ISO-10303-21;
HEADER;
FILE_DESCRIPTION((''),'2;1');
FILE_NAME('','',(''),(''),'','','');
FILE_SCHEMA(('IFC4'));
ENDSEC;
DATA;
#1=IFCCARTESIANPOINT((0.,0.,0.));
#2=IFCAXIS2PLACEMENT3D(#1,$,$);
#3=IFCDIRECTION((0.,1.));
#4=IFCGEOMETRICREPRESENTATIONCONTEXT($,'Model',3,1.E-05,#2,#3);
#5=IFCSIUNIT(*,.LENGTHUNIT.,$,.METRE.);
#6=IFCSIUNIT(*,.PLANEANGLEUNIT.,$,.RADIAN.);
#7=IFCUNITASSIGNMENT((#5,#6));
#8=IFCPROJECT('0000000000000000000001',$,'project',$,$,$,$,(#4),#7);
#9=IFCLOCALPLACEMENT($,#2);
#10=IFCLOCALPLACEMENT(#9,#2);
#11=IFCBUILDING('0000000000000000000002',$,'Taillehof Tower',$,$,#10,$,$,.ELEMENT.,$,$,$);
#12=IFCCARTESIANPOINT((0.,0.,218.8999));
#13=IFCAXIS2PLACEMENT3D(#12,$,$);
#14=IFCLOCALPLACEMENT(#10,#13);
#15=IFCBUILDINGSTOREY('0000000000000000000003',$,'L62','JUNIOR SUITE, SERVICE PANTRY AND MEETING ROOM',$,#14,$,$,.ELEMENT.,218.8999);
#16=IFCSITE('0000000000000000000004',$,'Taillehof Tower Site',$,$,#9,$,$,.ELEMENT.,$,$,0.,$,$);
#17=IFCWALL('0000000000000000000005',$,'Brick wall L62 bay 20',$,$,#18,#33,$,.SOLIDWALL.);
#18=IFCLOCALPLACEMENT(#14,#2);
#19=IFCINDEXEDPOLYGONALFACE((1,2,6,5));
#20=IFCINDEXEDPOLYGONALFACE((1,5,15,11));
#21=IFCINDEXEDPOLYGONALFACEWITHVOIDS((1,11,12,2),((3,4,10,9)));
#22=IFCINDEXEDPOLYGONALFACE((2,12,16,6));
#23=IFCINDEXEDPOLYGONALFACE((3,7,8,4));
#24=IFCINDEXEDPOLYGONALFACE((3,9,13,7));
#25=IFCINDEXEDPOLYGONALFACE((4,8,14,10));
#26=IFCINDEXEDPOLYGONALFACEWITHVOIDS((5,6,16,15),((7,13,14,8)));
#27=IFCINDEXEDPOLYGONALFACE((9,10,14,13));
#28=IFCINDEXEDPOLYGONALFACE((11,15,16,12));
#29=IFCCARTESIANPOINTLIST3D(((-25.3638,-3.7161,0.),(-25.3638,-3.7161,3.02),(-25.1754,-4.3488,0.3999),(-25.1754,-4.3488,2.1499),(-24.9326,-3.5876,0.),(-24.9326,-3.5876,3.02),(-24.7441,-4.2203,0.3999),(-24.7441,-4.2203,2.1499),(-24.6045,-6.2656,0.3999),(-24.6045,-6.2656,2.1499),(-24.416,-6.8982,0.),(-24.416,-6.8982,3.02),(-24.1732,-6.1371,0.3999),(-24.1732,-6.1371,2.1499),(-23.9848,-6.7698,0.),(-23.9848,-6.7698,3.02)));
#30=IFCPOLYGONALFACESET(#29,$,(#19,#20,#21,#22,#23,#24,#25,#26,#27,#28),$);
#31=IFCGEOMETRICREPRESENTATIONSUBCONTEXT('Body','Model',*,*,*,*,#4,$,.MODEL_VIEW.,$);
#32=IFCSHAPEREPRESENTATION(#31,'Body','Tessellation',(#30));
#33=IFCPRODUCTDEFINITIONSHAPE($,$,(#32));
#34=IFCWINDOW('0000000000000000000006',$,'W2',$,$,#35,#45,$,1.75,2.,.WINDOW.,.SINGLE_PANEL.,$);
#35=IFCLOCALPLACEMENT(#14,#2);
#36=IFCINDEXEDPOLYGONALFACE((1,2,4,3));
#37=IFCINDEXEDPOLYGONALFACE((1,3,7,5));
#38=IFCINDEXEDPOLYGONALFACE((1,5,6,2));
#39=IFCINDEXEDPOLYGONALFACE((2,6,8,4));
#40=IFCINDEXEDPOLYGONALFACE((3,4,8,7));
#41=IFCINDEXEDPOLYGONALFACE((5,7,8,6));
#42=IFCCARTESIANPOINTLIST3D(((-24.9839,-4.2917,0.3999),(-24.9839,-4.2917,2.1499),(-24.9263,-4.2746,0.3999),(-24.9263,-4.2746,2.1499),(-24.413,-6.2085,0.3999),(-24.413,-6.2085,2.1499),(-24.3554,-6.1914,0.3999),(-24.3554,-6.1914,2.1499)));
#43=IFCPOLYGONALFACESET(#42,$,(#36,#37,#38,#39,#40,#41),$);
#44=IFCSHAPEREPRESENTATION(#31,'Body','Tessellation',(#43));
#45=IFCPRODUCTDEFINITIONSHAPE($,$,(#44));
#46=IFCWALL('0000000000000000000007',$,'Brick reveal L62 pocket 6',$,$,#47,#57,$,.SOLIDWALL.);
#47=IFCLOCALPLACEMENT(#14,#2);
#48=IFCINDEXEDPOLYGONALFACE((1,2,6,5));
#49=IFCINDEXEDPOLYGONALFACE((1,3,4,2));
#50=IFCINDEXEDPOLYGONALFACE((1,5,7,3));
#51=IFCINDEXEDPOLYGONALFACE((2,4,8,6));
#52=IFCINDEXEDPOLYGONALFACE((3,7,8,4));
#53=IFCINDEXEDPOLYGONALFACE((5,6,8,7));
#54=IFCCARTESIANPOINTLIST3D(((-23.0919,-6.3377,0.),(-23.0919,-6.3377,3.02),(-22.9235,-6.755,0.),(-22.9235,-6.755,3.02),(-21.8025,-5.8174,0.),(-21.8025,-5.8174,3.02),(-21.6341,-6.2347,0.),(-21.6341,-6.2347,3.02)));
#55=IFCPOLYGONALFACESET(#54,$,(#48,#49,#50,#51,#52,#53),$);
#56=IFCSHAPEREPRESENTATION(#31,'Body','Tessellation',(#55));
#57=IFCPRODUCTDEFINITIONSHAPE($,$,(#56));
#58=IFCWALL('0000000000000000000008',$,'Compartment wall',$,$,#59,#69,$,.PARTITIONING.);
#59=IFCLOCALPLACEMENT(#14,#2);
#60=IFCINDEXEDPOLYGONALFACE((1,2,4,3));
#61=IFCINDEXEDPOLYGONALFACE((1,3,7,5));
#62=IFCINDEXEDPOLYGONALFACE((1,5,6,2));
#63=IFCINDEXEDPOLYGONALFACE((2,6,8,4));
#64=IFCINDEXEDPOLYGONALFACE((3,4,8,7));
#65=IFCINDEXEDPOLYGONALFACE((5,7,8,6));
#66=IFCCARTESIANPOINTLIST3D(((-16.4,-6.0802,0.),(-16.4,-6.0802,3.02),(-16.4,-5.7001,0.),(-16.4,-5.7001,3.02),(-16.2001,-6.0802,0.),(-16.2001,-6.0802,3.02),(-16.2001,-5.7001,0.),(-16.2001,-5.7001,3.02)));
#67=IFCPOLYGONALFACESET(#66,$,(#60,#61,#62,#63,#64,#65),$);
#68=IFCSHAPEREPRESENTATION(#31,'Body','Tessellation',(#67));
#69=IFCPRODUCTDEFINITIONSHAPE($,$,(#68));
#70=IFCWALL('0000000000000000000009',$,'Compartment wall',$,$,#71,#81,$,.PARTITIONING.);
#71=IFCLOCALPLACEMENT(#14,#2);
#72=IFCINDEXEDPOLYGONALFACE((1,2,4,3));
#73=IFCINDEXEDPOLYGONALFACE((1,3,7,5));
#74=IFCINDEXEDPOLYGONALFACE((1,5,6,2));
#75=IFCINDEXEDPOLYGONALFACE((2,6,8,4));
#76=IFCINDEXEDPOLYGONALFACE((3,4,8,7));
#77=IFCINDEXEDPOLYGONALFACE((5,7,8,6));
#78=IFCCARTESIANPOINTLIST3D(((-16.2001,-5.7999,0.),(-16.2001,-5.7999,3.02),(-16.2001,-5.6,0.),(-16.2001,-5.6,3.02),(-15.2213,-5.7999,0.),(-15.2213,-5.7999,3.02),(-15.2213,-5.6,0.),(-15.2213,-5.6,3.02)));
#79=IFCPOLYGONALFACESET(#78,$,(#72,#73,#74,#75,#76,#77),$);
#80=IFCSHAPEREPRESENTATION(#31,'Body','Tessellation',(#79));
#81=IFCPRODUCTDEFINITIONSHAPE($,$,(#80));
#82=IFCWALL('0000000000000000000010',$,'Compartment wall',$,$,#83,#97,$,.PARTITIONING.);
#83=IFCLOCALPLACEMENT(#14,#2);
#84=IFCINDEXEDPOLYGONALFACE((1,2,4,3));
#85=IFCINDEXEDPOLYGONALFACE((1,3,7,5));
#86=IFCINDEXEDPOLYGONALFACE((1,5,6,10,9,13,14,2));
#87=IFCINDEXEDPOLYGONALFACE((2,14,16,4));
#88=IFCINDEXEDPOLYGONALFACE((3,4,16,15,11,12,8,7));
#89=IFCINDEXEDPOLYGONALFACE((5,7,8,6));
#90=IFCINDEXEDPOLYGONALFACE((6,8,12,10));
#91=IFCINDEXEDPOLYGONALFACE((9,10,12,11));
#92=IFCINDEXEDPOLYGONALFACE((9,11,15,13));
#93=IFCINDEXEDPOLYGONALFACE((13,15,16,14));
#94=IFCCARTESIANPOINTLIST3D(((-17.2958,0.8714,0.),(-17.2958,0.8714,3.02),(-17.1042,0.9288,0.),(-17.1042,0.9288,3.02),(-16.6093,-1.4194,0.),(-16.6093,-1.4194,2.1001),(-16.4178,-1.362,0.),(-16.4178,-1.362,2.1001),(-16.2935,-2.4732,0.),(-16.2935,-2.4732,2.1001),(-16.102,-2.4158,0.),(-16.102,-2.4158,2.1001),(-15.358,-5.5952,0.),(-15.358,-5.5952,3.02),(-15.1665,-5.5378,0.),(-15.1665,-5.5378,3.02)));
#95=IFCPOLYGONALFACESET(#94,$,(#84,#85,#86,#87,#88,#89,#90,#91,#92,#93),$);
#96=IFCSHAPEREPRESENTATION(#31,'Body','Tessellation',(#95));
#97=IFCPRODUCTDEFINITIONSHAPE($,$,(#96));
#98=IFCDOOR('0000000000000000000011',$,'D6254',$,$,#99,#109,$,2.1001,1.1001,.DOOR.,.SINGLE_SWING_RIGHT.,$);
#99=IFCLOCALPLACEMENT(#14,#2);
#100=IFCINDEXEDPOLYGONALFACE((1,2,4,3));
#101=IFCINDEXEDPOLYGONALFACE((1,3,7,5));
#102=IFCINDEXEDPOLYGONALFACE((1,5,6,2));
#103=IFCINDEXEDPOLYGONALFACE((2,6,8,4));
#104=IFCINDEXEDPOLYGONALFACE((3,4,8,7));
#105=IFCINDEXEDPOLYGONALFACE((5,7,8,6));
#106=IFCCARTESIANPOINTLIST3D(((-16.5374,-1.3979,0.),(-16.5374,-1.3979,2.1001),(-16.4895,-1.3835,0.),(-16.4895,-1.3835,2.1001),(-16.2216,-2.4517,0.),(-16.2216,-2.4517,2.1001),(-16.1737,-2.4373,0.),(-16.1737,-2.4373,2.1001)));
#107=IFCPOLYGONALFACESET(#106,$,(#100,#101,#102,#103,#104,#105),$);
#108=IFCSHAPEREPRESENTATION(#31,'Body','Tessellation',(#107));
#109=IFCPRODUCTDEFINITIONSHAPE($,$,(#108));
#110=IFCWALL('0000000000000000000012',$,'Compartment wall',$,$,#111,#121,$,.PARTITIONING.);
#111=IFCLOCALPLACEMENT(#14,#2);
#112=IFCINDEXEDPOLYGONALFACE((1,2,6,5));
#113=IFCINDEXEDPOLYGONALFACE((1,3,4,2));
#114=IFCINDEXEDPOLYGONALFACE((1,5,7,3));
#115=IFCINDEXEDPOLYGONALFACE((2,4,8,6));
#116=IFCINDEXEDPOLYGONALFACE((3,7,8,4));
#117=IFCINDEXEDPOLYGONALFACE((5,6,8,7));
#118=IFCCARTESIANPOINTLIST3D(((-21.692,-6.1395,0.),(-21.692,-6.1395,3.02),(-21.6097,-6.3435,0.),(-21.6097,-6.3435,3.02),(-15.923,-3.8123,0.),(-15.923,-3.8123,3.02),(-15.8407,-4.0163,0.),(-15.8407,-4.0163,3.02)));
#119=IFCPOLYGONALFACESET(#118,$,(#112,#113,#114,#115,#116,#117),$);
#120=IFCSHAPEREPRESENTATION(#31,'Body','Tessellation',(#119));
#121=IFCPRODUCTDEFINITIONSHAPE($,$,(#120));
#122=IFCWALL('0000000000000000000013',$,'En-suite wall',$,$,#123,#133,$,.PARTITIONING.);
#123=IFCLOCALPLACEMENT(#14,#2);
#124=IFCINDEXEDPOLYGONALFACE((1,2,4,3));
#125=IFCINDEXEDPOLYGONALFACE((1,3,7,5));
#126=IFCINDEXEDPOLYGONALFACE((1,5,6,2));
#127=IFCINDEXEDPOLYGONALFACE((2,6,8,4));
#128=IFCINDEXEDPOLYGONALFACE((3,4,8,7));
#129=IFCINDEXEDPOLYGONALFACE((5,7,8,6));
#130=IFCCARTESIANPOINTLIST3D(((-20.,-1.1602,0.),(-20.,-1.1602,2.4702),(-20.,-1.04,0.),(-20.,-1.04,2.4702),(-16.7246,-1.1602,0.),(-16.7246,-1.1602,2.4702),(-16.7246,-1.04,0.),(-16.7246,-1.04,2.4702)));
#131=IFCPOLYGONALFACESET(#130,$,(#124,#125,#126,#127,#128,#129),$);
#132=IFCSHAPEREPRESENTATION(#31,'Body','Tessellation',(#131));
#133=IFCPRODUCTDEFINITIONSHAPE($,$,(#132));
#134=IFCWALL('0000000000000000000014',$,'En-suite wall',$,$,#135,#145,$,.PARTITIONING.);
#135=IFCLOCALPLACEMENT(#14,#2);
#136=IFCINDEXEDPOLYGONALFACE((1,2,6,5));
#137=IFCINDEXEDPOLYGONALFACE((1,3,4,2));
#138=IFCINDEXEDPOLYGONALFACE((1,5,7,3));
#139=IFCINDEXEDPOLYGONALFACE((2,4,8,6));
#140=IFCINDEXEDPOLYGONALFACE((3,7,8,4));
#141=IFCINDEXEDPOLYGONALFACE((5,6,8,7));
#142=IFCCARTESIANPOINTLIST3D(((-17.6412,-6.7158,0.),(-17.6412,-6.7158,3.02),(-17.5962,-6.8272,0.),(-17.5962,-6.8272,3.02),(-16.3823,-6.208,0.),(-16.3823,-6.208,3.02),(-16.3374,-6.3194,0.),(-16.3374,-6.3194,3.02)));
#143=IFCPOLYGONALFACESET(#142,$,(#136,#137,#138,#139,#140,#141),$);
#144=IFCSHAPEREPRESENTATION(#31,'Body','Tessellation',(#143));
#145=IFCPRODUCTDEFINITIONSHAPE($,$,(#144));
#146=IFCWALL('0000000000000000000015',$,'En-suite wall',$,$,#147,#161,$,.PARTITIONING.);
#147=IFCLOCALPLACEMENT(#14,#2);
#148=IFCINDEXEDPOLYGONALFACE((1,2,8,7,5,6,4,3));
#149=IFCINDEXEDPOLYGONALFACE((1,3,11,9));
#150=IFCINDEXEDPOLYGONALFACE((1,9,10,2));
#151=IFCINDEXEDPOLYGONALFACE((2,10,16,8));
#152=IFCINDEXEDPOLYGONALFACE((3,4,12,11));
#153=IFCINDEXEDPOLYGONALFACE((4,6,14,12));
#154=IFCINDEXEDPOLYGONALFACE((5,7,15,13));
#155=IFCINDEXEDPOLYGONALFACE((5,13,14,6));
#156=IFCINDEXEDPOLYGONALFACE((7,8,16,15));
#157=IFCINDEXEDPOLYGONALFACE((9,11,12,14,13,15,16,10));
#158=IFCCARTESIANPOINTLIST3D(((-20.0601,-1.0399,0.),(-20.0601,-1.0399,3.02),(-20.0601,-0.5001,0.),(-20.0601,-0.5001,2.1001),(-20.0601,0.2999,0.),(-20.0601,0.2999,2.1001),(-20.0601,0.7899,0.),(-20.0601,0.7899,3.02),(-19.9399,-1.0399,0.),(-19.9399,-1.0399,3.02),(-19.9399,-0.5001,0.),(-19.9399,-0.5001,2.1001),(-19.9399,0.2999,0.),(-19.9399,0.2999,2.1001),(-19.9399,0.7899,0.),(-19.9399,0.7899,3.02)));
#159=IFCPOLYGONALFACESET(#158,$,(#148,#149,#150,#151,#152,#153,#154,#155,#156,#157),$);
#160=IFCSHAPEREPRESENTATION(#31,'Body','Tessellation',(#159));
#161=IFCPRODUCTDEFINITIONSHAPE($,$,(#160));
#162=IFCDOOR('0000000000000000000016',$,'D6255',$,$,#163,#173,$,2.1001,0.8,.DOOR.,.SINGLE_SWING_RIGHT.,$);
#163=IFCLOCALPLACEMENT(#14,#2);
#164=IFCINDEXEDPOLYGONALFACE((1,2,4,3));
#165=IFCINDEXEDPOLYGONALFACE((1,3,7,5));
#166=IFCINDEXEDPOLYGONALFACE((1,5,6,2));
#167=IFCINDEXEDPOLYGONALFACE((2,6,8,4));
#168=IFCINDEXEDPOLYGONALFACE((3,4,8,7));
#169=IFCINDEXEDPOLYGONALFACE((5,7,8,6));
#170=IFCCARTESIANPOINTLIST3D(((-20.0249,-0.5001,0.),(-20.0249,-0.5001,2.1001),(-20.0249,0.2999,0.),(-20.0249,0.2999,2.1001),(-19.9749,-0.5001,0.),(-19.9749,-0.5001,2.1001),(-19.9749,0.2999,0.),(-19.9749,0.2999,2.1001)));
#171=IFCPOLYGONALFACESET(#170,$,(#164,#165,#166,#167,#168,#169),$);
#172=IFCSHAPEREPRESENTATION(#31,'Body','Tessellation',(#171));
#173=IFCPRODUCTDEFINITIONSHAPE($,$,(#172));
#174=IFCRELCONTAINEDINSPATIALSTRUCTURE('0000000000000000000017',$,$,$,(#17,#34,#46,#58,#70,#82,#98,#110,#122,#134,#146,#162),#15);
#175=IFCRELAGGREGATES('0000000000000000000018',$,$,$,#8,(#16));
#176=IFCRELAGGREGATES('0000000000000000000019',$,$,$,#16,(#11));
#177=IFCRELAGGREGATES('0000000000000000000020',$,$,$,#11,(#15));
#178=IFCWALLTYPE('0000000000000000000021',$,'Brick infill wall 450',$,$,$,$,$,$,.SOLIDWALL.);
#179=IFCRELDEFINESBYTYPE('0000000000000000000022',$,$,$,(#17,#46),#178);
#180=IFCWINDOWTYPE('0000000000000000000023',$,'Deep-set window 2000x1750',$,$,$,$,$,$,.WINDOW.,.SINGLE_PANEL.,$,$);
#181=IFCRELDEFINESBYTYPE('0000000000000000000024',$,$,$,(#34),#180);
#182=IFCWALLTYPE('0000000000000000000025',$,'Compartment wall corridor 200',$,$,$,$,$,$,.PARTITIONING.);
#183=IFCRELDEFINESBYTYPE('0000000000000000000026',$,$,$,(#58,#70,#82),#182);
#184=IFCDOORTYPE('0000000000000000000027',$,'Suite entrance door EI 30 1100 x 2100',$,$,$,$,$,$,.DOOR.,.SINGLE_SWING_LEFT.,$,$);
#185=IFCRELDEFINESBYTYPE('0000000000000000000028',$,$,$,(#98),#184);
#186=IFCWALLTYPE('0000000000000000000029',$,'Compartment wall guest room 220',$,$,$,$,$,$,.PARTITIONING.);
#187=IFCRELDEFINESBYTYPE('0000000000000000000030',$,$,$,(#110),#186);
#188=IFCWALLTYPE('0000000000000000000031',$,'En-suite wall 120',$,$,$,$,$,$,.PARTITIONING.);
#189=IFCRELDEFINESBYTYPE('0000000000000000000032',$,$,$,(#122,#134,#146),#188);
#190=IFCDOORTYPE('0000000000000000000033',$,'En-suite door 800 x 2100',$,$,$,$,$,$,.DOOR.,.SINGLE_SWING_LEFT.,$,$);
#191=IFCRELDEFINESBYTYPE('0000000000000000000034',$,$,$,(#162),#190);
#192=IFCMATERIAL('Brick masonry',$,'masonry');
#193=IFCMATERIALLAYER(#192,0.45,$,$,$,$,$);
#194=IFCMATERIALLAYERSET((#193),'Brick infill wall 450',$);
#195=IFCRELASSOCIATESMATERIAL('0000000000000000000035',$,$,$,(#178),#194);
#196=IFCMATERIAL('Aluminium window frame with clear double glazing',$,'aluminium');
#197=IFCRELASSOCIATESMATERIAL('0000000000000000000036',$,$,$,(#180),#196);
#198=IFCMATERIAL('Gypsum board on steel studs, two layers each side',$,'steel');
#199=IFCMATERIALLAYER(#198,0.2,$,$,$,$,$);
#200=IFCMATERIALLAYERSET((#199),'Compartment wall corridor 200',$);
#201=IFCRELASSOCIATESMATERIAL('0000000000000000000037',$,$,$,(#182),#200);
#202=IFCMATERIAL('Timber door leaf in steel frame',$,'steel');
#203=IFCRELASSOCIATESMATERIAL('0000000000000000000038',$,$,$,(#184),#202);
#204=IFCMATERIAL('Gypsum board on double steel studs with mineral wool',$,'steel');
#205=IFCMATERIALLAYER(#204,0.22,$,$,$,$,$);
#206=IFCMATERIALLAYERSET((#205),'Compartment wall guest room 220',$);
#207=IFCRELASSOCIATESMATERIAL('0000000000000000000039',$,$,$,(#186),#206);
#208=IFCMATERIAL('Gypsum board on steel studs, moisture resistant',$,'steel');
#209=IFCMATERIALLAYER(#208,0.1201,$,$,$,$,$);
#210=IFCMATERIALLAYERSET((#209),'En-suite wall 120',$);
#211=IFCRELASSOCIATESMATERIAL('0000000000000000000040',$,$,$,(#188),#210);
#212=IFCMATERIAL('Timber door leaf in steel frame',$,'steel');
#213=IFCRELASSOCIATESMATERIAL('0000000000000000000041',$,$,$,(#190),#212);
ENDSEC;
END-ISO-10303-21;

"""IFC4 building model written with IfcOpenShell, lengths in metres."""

from ifc_helpers import new_model, si_unit, direction, frame, frame_2d, origin, place, context, subcontext, project, spatial, rectangle, extrude, material, layer, layer_set, type_object, element, fill, save


model = new_model("IFC4")

# Units and contexts
model_context = context("Model", 3, precision=1e-05, world=origin(), true_north=direction((0.0, 1.0)))
body_context = subcontext(model_context, "Body", "Model", "MODEL_VIEW")
ifc_project = project(units=[si_unit("LENGTHUNIT", "METRE"), si_unit("PLANEANGLEUNIT", "RADIAN")], contexts=[model_context])

# Site, building, storey
site_placement = place(None, origin())
site = spatial("IfcSite", under=ifc_project, at=site_placement, Name="Taillehof Tower Site", CompositionType="ELEMENT", RefElevation=0.0)
building_placement = place(site_placement, origin())
building = spatial("IfcBuilding", under=site, at=building_placement, Name="Taillehof Tower", CompositionType="ELEMENT")
storey_placement = place(building_placement, frame((0.0, 0.0, 218.8999)))
storey = spatial("IfcBuildingStorey", under=building, at=storey_placement, Name="L62", Description="JUNIOR SUITE, SERVICE PANTRY AND MEETING ROOM", CompositionType="ELEMENT", Elevation=218.8999)

# Wall, opening, window
ifc_material_1 = material(Name="Brick masonry", Category="masonry")
ifc_layer_1 = layer(ifc_material_1, 0.45)
ifc_layer_set_1 = layer_set([ifc_layer_1], Name="Brick infill wall 450")
wall_type_1 = type_object("IfcWallType", Name="Brick infill wall 450", PredefinedType="SOLIDWALL", material=ifc_layer_set_1)
ifc_material_2 = material(Name="Aluminium window frame with clear double glazing", Category="aluminium")
window_type_1 = type_object("IfcWindowType", Name="Deep-set window 2000x1750", PartitioningType="SINGLE_PANEL", PredefinedType="WINDOW", material=ifc_material_2)
wall_1_placement = place(storey_placement, frame((-25.1482, -3.6519, 0.0), z_axis=(0.0, 0.0, 1.0), x_axis=(0.285445, -0.958395, 0.0)))
wall_1 = element("IfcWall", 1, at=wall_1_placement, inside=storey, type_object=wall_type_1, Name="Brick wall L62 bay 20", PredefinedType="SOLIDWALL", context=body_context, shape_type="SweptSolid", body=[
    extrude(rectangle(XDim=3.3203, YDim=0.45, at=frame_2d((1.6602, 0.0))), origin(), (0.0, 0.0, 1.0), 3.02),
])
opening_1_placement = place(wall_1_placement, frame((0.6602, 0.0, 0.3999)))
opening_1 = element("IfcOpeningElement", 2, at=opening_1_placement, cuts=wall_1, PredefinedType="OPENING", context=body_context, shape_type="SweptSolid", body=[
    extrude(rectangle(XDim=2.0, YDim=1.75, at=frame_2d((1.0, 0.875))), frame((0.0, 0.2349, 0.0), z_axis=(0.0, -1.0, 0.0), x_axis=(1.0, 0.0, 0.0)), (0.0, 0.0, 1.0), 0.47),
])
window_1_placement = place(opening_1_placement, origin())
window_1 = element("IfcWindow", 3, at=window_1_placement, inside=storey, type_object=window_type_1, Name="W2", OverallHeight=1.75, OverallWidth=2.0, PartitioningType="SINGLE_PANEL", PredefinedType="WINDOW", context=body_context, shape_type="SweptSolid", body=[
    extrude(rectangle(XDim=2.0, YDim=1.75, at=frame_2d((1.0, 0.875))), frame((0.0, 0.0349, 0.0), z_axis=(0.0, -1.0, 0.0), x_axis=(1.0, 0.0, 0.0)), (0.0, 0.0, 1.0), 0.0601),
])
fill(opening_1, window_1)

# Wall
wall_2_placement = place(storey_placement, frame((-23.0078, -6.5464, 0.0), z_axis=(0.0, 0.0, 1.0), x_axis=(0.927346, 0.374205, 0.0)))
element("IfcWall", 4, at=wall_2_placement, inside=storey, type_object=wall_type_1, Name="Brick reveal L62 pocket 6", PredefinedType="SOLIDWALL", context=body_context, shape_type="SweptSolid", body=[
    extrude(rectangle(XDim=1.3904, YDim=0.45, at=frame_2d((0.6953, 0.0))), origin(), (0.0, 0.0, 1.0), 3.02),
])

# Walls
ifc_material_3 = material(Name="Gypsum board on steel studs, two layers each side", Category="steel")
ifc_layer_2 = layer(ifc_material_3, 0.2)
ifc_layer_set_2 = layer_set([ifc_layer_2], Name="Compartment wall corridor 200")
wall_type_2 = type_object("IfcWallType", Name="Compartment wall corridor 200", PredefinedType="PARTITIONING", material=ifc_layer_set_2)
wall_3_placement = place(storey_placement, frame((-16.3, -6.0801, 0.0), z_axis=(0.0, 0.0, 1.0), x_axis=(0.0, 1.0, 0.0)))
element("IfcWall", 5, at=wall_3_placement, inside=storey, type_object=wall_type_2, Name="Compartment wall", PredefinedType="PARTITIONING", context=body_context, shape_type="SweptSolid", body=[
    extrude(rectangle(XDim=0.3801, YDim=0.2, at=frame_2d((0.1899, 0.0))), origin(), (0.0, 0.0, 1.0), 3.02),
])
wall_4_placement = place(storey_placement, frame((-16.2, -5.7, 0.0), z_axis=(0.0, 0.0, 1.0), x_axis=(1.0, 0.0, 0.0)))
element("IfcWall", 6, at=wall_4_placement, inside=storey, type_object=wall_type_2, Name="Compartment wall", PredefinedType="PARTITIONING", context=body_context, shape_type="SweptSolid", body=[
    extrude(rectangle(XDim=0.9788, YDim=0.2, at=frame_2d((0.4893, 0.0))), origin(), (0.0, 0.0, 1.0), 3.02),
])

# Wall, opening, door
wall_5_placement = place(storey_placement, frame((-15.2622, -5.5667, 0.0), z_axis=(0.0, 0.0, 1.0), x_axis=(-0.287046, 0.957917, 0.0)))
wall_5 = element("IfcWall", 7, at=wall_5_placement, inside=storey, type_object=wall_type_2, Name="Compartment wall", PredefinedType="PARTITIONING", context=body_context, shape_type="SweptSolid", body=[
    extrude(rectangle(XDim=6.7507, YDim=0.2, at=frame_2d((3.3755, 0.0))), origin(), (0.0, 0.0, 1.0), 3.02),
])
opening_2_placement = place(wall_5_placement, frame((3.2593, 0.0, 0.0)))
opening_2 = element("IfcOpeningElement", 8, at=opening_2_placement, cuts=wall_5, PredefinedType="OPENING", context=body_context, shape_type="SweptSolid", body=[
    extrude(rectangle(XDim=1.1001, YDim=2.1001, at=frame_2d((0.55, 1.05))), frame((0.0, 0.1099, 0.0), z_axis=(0.0, -1.0, 0.0), x_axis=(1.0, 0.0, 0.0)), (0.0, 0.0, 1.0), 0.22),
])
ifc_material_4 = material(Name="Timber door leaf in steel frame", Category="steel")
door_type_1 = type_object("IfcDoorType", Name="Suite entrance door EI 30 1100 x 2100", OperationType="SINGLE_SWING_LEFT", PredefinedType="DOOR", material=ifc_material_4)
door_1_placement = place(opening_2_placement, origin())
door_1 = element("IfcDoor", 9, at=door_1_placement, inside=storey, type_object=door_type_1, Name="D6254", OperationType="SINGLE_SWING_RIGHT", OverallHeight=2.1001, OverallWidth=1.1001, PredefinedType="DOOR", context=body_context, shape_type="SweptSolid", body=[
    extrude(rectangle(XDim=1.1001, YDim=2.1001, at=frame_2d((0.55, 1.05))), frame((0.0, 0.0249, 0.0), z_axis=(0.0, -1.0, 0.0), x_axis=(1.0, 0.0, 0.0)), (0.0, 0.0, 1.0), 0.05),
])
fill(opening_2, door_1)

# Walls
ifc_material_5 = material(Name="Gypsum board on double steel studs with mineral wool", Category="steel")
ifc_layer_3 = layer(ifc_material_5, 0.22)
ifc_layer_set_3 = layer_set([ifc_layer_3], Name="Compartment wall guest room 220")
wall_type_3 = type_object("IfcWallType", Name="Compartment wall guest room 220", PredefinedType="PARTITIONING", material=ifc_layer_set_3)
wall_6_placement = place(storey_placement, frame((-21.6509, -6.2415, 0.0), z_axis=(0.0, 0.0, 1.0), x_axis=(0.92739, 0.374096, 0.0)))
element("IfcWall", 10, at=wall_6_placement, inside=storey, type_object=wall_type_3, Name="Compartment wall", PredefinedType="PARTITIONING", context=body_context, shape_type="SweptSolid", body=[
    extrude(rectangle(XDim=6.2207, YDim=0.22, at=frame_2d((3.1104, 0.0))), origin(), (0.0, 0.0, 1.0), 3.02),
])
ifc_material_6 = material(Name="Gypsum board on steel studs, moisture resistant", Category="steel")
ifc_layer_4 = layer(ifc_material_6, 0.1201)
ifc_layer_set_4 = layer_set([ifc_layer_4], Name="En-suite wall 120")
wall_type_4 = type_object("IfcWallType", Name="En-suite wall 120", PredefinedType="PARTITIONING", material=ifc_layer_set_4)
wall_7_placement = place(storey_placement, frame((-16.7246, -1.1001, 0.0), z_axis=(0.0, 0.0, 1.0), x_axis=(-1.0, 0.0, 0.0)))
element("IfcWall", 11, at=wall_7_placement, inside=storey, type_object=wall_type_4, Name="En-suite wall", PredefinedType="PARTITIONING", context=body_context, shape_type="SweptSolid", body=[
    extrude(rectangle(XDim=3.2754, YDim=0.1201, at=frame_2d((1.6377, 0.0))), origin(), (0.0, 0.0, 1.0), 2.4702),
])
wall_8_placement = place(storey_placement, frame((-16.3599, -6.2637, 0.0), z_axis=(0.0, 0.0, 1.0), x_axis=(-0.927381, -0.374118, 0.0)))
element("IfcWall", 12, at=wall_8_placement, inside=storey, type_object=wall_type_4, Name="En-suite wall", PredefinedType="PARTITIONING", context=body_context, shape_type="SweptSolid", body=[
    extrude(rectangle(XDim=1.3574, YDim=0.1201, at=frame_2d((0.6787, 0.0))), origin(), (0.0, 0.0, 1.0), 3.02),
])

# Wall, opening, door
wall_9_placement = place(storey_placement, frame((-20.0, -1.04, 0.0), z_axis=(0.0, 0.0, 1.0), x_axis=(0.0, 1.0, 0.0)))
wall_9 = element("IfcWall", 13, at=wall_9_placement, inside=storey, type_object=wall_type_4, Name="En-suite wall", PredefinedType="PARTITIONING", context=body_context, shape_type="SweptSolid", body=[
    extrude(rectangle(XDim=1.8298, YDim=0.1201, at=frame_2d((0.915, 0.0))), origin(), (0.0, 0.0, 1.0), 3.02),
])
opening_3_placement = place(wall_9_placement, frame((0.54, 0.0, 0.0)))
opening_3 = element("IfcOpeningElement", 14, at=opening_3_placement, cuts=wall_9, PredefinedType="OPENING", context=body_context, shape_type="SweptSolid", body=[
    extrude(rectangle(XDim=0.8, YDim=2.1001, at=frame_2d((0.3999, 1.05))), frame((0.0, 0.0701, 0.0), z_axis=(0.0, -1.0, 0.0), x_axis=(1.0, 0.0, 0.0)), (0.0, 0.0, 1.0), 0.1401),
])
ifc_material_7 = material(Name="Timber door leaf in steel frame", Category="steel")
door_type_2 = type_object("IfcDoorType", Name="En-suite door 800 x 2100", OperationType="SINGLE_SWING_LEFT", PredefinedType="DOOR", material=ifc_material_7)
door_2_placement = place(opening_3_placement, origin())
door_2 = element("IfcDoor", 15, at=door_2_placement, inside=storey, type_object=door_type_2, Name="D6255", OperationType="SINGLE_SWING_RIGHT", OverallHeight=2.1001, OverallWidth=0.8, PredefinedType="DOOR", context=body_context, shape_type="SweptSolid", body=[
    extrude(rectangle(XDim=0.8, YDim=2.1001, at=frame_2d((0.3999, 1.05))), frame((0.0, 0.0249, 0.0), z_axis=(0.0, -1.0, 0.0), x_axis=(1.0, 0.0, 0.0)), (0.0, 0.0, 1.0), 0.05),
])
fill(opening_3, door_2)

save(model, "model.ifc")
